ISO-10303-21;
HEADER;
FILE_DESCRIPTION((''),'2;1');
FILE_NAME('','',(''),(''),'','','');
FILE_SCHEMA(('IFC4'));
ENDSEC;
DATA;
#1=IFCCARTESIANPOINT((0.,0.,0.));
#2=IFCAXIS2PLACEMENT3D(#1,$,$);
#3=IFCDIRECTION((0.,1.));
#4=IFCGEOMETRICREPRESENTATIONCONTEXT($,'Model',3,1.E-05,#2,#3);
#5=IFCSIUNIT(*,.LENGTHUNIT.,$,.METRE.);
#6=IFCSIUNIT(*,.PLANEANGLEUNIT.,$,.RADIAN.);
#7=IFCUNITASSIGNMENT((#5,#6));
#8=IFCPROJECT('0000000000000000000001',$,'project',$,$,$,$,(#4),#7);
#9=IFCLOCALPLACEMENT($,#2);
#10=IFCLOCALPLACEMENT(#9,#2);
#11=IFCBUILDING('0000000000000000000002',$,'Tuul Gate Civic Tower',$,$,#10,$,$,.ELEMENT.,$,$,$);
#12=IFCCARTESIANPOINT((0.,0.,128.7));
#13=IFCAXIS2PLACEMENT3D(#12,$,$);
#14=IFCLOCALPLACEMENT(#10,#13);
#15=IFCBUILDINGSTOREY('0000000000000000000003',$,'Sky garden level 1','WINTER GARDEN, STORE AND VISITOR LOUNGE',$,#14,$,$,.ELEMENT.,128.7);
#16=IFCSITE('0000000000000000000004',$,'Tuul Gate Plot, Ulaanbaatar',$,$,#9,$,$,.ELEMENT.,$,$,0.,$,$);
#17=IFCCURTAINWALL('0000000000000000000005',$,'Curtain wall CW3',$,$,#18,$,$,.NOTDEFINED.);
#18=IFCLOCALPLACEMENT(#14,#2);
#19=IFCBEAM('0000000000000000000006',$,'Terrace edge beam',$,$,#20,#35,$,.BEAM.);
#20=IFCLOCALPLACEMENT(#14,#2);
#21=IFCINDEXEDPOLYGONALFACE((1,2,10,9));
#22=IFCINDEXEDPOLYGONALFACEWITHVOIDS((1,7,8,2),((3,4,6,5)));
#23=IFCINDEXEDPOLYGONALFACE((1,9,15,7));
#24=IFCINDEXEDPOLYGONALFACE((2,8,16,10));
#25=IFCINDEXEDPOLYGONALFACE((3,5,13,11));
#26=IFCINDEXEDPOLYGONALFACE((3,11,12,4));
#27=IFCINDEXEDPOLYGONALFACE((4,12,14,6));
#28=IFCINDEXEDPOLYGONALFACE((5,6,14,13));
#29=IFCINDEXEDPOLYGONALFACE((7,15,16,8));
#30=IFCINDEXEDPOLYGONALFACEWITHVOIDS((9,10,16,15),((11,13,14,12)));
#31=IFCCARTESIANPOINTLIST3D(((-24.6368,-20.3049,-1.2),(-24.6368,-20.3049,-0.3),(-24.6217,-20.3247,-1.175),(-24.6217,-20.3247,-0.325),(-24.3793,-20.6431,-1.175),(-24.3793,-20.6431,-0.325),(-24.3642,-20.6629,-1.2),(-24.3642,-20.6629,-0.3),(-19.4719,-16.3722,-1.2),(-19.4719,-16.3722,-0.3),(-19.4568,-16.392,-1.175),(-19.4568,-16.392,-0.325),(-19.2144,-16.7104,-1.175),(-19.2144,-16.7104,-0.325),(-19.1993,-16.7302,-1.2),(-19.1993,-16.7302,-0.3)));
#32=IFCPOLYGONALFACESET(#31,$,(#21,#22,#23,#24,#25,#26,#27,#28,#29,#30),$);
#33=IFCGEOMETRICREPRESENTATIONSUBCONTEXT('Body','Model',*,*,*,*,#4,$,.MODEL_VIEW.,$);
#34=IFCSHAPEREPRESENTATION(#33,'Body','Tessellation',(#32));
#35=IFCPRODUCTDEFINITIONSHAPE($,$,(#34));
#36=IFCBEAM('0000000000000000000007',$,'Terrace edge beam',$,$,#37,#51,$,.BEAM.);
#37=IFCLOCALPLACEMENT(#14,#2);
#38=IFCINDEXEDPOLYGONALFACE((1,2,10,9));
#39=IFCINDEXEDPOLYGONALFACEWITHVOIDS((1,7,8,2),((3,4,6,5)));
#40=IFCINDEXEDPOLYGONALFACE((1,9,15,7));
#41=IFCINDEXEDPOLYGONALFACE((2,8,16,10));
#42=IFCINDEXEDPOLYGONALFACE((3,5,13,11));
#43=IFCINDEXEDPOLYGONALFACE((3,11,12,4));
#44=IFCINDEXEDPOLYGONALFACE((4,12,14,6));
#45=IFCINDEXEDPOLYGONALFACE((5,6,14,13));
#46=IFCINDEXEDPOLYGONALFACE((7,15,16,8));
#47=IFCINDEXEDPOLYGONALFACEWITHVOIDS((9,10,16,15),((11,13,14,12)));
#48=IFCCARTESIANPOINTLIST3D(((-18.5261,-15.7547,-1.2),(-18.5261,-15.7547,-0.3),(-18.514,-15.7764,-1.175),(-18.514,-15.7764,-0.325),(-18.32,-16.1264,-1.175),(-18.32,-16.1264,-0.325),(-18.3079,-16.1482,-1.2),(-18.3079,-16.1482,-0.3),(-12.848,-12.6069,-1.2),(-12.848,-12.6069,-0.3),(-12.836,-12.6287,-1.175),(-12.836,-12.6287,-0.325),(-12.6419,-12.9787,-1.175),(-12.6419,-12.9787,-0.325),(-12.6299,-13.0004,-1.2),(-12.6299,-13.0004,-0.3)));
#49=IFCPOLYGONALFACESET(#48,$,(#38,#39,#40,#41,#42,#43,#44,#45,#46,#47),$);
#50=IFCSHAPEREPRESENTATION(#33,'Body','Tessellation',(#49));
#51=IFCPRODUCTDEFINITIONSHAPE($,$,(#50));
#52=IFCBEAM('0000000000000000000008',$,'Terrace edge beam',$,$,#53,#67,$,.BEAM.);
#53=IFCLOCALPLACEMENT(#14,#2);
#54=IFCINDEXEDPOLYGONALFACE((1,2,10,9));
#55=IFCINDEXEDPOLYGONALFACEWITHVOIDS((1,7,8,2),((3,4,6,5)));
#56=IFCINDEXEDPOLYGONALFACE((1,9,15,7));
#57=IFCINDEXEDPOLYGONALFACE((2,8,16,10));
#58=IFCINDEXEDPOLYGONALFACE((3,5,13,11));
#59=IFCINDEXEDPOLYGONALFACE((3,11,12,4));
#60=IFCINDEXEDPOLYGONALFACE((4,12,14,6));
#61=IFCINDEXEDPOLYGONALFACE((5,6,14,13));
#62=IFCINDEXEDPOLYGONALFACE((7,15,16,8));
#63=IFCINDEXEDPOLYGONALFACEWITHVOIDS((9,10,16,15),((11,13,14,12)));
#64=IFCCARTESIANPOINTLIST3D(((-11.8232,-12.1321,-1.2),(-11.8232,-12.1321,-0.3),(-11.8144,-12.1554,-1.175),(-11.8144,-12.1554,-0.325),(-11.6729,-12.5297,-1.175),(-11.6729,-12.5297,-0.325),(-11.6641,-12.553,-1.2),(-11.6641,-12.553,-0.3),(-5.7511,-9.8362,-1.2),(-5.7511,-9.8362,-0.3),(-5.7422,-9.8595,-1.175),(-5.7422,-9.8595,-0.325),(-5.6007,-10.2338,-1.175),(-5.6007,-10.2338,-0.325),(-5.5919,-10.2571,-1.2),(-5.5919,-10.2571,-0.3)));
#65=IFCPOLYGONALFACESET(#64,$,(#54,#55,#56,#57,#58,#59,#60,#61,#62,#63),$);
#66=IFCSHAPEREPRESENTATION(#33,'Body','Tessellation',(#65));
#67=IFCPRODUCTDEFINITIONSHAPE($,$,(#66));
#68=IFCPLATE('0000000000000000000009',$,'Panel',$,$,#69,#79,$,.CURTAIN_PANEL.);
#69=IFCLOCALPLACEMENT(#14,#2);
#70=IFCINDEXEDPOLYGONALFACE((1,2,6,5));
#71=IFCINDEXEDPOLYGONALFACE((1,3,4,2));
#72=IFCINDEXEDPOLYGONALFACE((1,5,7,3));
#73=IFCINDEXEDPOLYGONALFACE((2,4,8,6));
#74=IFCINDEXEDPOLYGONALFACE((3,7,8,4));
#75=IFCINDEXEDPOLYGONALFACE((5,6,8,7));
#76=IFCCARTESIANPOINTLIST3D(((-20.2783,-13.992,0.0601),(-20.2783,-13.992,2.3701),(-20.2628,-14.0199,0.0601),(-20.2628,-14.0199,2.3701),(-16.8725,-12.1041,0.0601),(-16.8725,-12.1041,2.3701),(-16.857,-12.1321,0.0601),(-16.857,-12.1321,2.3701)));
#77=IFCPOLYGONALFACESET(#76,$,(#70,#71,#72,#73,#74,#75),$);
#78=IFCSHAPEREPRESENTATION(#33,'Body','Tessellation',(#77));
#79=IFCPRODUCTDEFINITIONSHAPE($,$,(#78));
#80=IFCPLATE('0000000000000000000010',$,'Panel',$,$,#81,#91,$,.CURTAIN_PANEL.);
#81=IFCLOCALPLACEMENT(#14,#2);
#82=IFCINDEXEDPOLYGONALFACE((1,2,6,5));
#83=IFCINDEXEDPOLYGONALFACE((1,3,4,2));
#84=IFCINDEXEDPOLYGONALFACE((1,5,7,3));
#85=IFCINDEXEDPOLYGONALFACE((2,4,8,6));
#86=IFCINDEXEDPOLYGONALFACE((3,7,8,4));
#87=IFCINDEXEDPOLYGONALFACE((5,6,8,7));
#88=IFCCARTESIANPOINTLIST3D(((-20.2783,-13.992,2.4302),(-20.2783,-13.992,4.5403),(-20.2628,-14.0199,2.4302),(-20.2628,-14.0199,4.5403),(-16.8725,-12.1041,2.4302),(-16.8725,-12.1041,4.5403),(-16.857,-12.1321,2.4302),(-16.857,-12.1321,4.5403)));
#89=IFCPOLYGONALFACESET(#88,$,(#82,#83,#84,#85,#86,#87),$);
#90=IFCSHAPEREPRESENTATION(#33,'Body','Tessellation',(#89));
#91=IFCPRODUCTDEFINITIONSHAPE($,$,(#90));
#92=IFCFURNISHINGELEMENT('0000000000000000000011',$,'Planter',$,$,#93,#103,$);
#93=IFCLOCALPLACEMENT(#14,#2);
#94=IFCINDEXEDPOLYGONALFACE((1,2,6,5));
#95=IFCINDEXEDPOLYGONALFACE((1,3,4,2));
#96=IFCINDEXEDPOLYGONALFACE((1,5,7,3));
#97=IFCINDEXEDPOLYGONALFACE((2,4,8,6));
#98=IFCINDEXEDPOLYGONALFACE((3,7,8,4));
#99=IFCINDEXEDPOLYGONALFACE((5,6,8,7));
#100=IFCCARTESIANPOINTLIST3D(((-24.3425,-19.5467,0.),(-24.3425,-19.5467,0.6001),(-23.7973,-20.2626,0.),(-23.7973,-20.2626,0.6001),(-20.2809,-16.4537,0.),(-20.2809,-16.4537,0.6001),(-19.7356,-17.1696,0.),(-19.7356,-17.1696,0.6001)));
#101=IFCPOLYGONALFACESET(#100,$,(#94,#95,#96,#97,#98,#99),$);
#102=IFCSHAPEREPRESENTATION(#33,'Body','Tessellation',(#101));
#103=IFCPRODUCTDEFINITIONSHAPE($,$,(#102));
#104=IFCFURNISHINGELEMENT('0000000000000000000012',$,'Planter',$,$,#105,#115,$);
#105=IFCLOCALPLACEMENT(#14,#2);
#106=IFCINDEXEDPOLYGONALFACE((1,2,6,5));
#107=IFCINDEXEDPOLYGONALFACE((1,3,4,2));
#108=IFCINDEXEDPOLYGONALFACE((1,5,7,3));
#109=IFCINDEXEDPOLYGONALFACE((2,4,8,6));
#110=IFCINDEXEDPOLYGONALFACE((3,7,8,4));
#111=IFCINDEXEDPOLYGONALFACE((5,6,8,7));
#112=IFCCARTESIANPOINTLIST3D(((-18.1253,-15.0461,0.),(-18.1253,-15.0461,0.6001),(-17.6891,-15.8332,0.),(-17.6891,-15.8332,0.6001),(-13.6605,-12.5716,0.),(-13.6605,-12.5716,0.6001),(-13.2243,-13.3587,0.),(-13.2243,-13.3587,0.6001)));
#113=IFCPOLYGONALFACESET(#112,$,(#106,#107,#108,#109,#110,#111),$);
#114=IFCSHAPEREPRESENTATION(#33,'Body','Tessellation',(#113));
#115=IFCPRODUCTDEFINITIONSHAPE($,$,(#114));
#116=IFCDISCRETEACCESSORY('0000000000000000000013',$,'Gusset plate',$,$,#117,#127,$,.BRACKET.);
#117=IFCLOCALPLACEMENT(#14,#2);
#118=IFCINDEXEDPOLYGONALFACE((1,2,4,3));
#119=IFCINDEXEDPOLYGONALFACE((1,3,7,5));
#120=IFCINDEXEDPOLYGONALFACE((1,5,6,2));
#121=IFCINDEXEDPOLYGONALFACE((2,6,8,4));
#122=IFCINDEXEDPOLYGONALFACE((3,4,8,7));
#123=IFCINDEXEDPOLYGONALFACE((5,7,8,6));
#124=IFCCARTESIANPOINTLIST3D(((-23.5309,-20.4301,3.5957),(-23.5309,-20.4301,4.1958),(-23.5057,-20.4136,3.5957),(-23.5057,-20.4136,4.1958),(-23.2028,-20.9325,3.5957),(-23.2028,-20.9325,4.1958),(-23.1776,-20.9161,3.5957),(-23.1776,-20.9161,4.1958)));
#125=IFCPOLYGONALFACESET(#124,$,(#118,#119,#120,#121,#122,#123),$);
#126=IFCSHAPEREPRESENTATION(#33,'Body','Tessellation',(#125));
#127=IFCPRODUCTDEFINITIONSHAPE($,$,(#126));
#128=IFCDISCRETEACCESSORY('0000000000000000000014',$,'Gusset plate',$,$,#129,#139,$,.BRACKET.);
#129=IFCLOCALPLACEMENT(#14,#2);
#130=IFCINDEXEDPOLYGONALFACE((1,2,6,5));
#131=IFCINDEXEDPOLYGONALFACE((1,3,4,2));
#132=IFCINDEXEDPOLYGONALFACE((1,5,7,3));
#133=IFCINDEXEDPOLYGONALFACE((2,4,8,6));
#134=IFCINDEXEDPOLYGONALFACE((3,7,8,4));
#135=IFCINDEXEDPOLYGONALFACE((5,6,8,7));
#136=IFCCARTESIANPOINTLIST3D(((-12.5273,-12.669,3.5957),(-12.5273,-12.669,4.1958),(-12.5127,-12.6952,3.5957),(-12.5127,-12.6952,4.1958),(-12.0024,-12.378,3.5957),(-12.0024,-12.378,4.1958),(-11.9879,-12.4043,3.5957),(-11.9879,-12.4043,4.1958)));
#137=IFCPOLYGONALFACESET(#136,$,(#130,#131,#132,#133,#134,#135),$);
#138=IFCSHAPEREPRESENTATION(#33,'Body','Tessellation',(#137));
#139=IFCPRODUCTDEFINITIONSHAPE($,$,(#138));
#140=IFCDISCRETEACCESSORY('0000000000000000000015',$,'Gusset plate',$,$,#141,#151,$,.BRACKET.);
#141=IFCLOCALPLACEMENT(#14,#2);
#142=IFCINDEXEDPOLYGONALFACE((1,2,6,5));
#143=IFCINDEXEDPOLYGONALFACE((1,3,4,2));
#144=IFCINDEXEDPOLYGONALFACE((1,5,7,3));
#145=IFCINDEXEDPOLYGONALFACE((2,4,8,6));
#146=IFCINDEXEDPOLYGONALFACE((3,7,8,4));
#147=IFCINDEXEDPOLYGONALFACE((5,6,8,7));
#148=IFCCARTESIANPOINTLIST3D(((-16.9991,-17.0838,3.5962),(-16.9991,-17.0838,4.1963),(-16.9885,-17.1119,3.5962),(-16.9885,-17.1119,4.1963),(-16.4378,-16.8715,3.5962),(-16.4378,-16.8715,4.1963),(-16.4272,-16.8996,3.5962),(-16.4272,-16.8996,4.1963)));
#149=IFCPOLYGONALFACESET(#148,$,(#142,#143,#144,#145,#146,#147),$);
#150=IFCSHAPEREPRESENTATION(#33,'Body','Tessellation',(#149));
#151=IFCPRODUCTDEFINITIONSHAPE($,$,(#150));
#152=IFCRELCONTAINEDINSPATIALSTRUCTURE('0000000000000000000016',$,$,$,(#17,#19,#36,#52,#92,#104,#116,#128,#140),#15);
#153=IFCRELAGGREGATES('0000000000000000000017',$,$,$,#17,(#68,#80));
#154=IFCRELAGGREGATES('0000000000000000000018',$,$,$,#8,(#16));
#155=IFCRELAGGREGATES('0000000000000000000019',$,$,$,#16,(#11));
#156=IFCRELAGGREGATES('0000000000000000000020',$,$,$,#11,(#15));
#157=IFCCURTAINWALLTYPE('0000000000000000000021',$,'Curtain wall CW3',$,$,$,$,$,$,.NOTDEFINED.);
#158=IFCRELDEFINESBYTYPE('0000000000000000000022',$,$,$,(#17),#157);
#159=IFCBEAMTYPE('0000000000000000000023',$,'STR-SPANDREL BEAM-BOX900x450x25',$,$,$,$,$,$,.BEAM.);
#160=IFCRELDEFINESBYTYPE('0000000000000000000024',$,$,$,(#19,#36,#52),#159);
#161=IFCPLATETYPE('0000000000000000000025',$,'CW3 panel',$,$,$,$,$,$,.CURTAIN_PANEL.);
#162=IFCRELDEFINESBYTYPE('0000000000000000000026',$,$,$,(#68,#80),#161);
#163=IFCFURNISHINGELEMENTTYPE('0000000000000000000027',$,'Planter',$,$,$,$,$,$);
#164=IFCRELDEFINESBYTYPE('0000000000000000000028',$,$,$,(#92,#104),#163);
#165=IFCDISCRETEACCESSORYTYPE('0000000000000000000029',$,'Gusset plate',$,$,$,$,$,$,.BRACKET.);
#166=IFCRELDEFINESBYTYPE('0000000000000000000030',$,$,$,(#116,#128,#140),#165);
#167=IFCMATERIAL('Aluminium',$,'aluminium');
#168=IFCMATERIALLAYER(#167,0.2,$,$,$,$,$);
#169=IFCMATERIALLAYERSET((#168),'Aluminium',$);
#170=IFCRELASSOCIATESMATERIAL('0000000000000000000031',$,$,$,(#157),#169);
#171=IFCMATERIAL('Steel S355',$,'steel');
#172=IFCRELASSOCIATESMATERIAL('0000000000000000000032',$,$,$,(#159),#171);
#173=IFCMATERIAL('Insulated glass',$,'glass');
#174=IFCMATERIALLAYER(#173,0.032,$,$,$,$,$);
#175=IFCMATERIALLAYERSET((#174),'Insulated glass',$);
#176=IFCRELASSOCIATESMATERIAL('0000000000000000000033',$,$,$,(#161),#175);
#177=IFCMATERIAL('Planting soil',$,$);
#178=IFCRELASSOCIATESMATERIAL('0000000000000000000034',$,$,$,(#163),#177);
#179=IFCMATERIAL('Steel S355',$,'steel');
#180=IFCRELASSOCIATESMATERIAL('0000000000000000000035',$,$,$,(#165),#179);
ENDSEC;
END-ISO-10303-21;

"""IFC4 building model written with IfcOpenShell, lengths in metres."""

from ifc_helpers import new_model, si_unit, direction, frame, origin, origin_2d, place, context, subcontext, project, spatial, rectangle, hollow_rectangle, extrude, material, layer, layer_set, material_profile, profile_set, type_object, element, aggregate, save


model = new_model("IFC4")

# Units and contexts
model_context = context("Model", 3, precision=1e-05, world=origin(), true_north=direction((0.0, 1.0)))
body_context = subcontext(model_context, "Body", "Model", "MODEL_VIEW")
ifc_project = project(units=[si_unit("LENGTHUNIT", "METRE"), si_unit("PLANEANGLEUNIT", "RADIAN")], contexts=[model_context])

# Site, building, storey
site_placement = place(None, origin())
site = spatial("IfcSite", under=ifc_project, at=site_placement, Name="Tuul Gate Plot, Ulaanbaatar", CompositionType="ELEMENT", RefElevation=0.0)
building_placement = place(site_placement, origin())
building = spatial("IfcBuilding", under=site, at=building_placement, Name="Tuul Gate Civic Tower", CompositionType="ELEMENT")
storey_placement = place(building_placement, frame((0.0, 0.0, 128.7)))
storey = spatial("IfcBuildingStorey", under=building, at=storey_placement, Name="Sky garden level 1", Description="WINTER GARDEN, STORE AND VISITOR LOUNGE", CompositionType="ELEMENT", Elevation=128.7)

# Curtain wall
ifc_material_1 = material(Name="Aluminium", Category="aluminium")
ifc_layer_1 = layer(ifc_material_1, 0.2)
ifc_layer_set_1 = layer_set([ifc_layer_1], Name="Aluminium")
curtain_wall_type = type_object("IfcCurtainWallType", Name="Curtain wall CW3", PredefinedType="NOTDEFINED", material=ifc_layer_set_1)
curtain_wall_placement = place(storey_placement, origin())
curtain_wall = element("IfcCurtainWall", 1, at=curtain_wall_placement, inside=storey, type_object=curtain_wall_type, Name="Curtain wall CW3", PredefinedType="NOTDEFINED")

# Beams
ifc_material_2 = material(Name="Steel S355", Category="steel")
ifc_material_profile_1 = material_profile(ifc_material_2, hollow_rectangle(XDim=0.45, YDim=0.8999, WallThickness=0.0249, at=origin_2d()), Name="BOX900x450x25")
ifc_profile_set_1 = profile_set([ifc_material_profile_1], Name="Steel S355")
beam_type_1 = type_object("IfcBeamType", Name="STR-SPANDREL BEAM-BOX900x450x25", PredefinedType="BEAM", material=ifc_profile_set_1)
beam_1_placement = place(storey_placement, frame((-24.5005, -20.4839, -0.75), z_axis=(0.795615, 0.605803, 0.0), x_axis=(-0.605803, 0.795615, 0.0)))
element("IfcBeam", 2, at=beam_1_placement, inside=storey, type_object=beam_type_1, Name="Terrace edge beam", PredefinedType="BEAM", context=body_context, shape_type="SweptSolid", body=[
    extrude(hollow_rectangle(XDim=0.45, YDim=0.8999, WallThickness=0.0249, at=origin_2d()), origin(), (0.0, 0.0, 1.0), 6.4917),
])
beam_2_placement = place(storey_placement, frame((-18.417, -15.9514, -0.75), z_axis=(0.874597, 0.484851, 0.0), x_axis=(-0.484851, 0.874597, 0.0)))
element("IfcBeam", 3, at=beam_2_placement, inside=storey, type_object=beam_type_1, Name="Terrace edge beam", PredefinedType="BEAM", context=body_context, shape_type="SweptSolid", body=[
    extrude(hollow_rectangle(XDim=0.45, YDim=0.8999, WallThickness=0.0249, at=origin_2d()), origin(), (0.0, 0.0, 1.0), 6.4922),
])
beam_3_placement = place(storey_placement, frame((-11.7437, -12.3425, -0.75), z_axis=(0.935374, 0.353661, 0.0), x_axis=(-0.353661, 0.935374, 0.0)))
element("IfcBeam", 4, at=beam_3_placement, inside=storey, type_object=beam_type_1, Name="Terrace edge beam", PredefinedType="BEAM", context=body_context, shape_type="SweptSolid", body=[
    extrude(hollow_rectangle(XDim=0.45, YDim=0.8999, WallThickness=0.0249, at=origin_2d()), origin(), (0.0, 0.0, 1.0), 6.4917),
])

# Plates
ifc_material_3 = material(Name="Insulated glass", Category="glass")
ifc_layer_2 = layer(ifc_material_3, 0.032)
ifc_layer_set_2 = layer_set([ifc_layer_2], Name="Insulated glass")
plate_type = type_object("IfcPlateType", Name="CW3 panel", PredefinedType="CURTAIN_PANEL", material=ifc_layer_set_2)
plate_1_placement = place(storey_placement, frame((-18.5676, -13.062, 0.0601), z_axis=(0.0, 0.0, 1.0), x_axis=(0.874619, 0.484812, 0.0)))
plate_1 = element("IfcPlate", 5, at=plate_1_placement, type_object=plate_type, Name="Panel", PredefinedType="CURTAIN_PANEL", context=body_context, shape_type="SweptSolid", body=[
    extrude(rectangle(XDim=3.894, YDim=0.032, at=origin_2d()), origin(), (0.0, 0.0, 1.0), 2.3101),
])
plate_2_placement = place(storey_placement, frame((-18.5676, -13.062, 2.4302), z_axis=(0.0, 0.0, 1.0), x_axis=(0.874619, 0.484812, 0.0)))
plate_2 = element("IfcPlate", 6, at=plate_2_placement, type_object=plate_type, Name="Panel", PredefinedType="CURTAIN_PANEL", context=body_context, shape_type="SweptSolid", body=[
    extrude(rectangle(XDim=3.894, YDim=0.032, at=origin_2d()), origin(), (0.0, 0.0, 1.0), 2.1101),
])
aggregate(curtain_wall, [plate_1, plate_2])

# Furnishing elements
ifc_material_4 = material(Name="Planting soil")
furnishing_element_type = type_object("IfcFurnishingElementType", Name="Planter", material=ifc_material_4)
furnishing_1_placement = place(storey_placement, frame((-22.0391, -18.3582, 0.0), z_axis=(0.0, 0.0, 1.0), x_axis=(0.795582, 0.605846, 0.0)))
element("IfcFurnishingElement", 7, at=furnishing_1_placement, inside=storey, type_object=furnishing_element_type, Name="Planter", context=body_context, shape_type="SweptSolid", body=[
    extrude(rectangle(XDim=5.1052, YDim=0.8999, at=origin_2d()), origin(), (0.0, 0.0, 1.0), 0.6001),
])
furnishing_2_placement = place(storey_placement, frame((-15.6748, -14.2024, 0.0), z_axis=(0.0, 0.0, 1.0), x_axis=(0.874647, 0.48476, 0.0)))
element("IfcFurnishingElement", 8, at=furnishing_2_placement, inside=storey, type_object=furnishing_element_type, Name="Planter", context=body_context, shape_type="SweptSolid", body=[
    extrude(rectangle(XDim=5.1047, YDim=0.8999, at=origin_2d()), origin(), (0.0, 0.0, 1.0), 0.6001),
])

# Discrete accessories
ifc_material_5 = material(Name="Steel S355", Category="steel")
discrete_accessory_type = type_object("IfcDiscreteAccessoryType", Name="Gusset plate", PredefinedType="BRACKET", material=ifc_material_5)
for number, where, z_axis, x_axis, name in (
    (9, (-23.3542, -20.6731, 3.5957), (0.0, 0.0, 1.0), (-0.546711, 0.837322, 0.0), "Gusset plate"),
    (10, (-12.2576, -12.5366, 3.5957), (0.0, 0.0, 1.0), (-0.874598, -0.484849, 0.0), "Gusset plate"),
    (11, (-16.7131, -16.9917, 3.5962), (0.0, 0.0, 1.0), (0.935368, 0.353677, 0.0), "Gusset plate"),
):
    element("IfcDiscreteAccessory", number, at=place(storey_placement, frame(where, z_axis=z_axis, x_axis=x_axis)), inside=storey, type_object=discrete_accessory_type, Name=name, PredefinedType="BRACKET", context=body_context, shape_type="SweptSolid", body=[
        extrude(rectangle(XDim=0.6001, YDim=0.03, at=origin_2d()), origin(), (0.0, 0.0, 1.0), 0.6001),
    ])

save(model, "model.ifc")
